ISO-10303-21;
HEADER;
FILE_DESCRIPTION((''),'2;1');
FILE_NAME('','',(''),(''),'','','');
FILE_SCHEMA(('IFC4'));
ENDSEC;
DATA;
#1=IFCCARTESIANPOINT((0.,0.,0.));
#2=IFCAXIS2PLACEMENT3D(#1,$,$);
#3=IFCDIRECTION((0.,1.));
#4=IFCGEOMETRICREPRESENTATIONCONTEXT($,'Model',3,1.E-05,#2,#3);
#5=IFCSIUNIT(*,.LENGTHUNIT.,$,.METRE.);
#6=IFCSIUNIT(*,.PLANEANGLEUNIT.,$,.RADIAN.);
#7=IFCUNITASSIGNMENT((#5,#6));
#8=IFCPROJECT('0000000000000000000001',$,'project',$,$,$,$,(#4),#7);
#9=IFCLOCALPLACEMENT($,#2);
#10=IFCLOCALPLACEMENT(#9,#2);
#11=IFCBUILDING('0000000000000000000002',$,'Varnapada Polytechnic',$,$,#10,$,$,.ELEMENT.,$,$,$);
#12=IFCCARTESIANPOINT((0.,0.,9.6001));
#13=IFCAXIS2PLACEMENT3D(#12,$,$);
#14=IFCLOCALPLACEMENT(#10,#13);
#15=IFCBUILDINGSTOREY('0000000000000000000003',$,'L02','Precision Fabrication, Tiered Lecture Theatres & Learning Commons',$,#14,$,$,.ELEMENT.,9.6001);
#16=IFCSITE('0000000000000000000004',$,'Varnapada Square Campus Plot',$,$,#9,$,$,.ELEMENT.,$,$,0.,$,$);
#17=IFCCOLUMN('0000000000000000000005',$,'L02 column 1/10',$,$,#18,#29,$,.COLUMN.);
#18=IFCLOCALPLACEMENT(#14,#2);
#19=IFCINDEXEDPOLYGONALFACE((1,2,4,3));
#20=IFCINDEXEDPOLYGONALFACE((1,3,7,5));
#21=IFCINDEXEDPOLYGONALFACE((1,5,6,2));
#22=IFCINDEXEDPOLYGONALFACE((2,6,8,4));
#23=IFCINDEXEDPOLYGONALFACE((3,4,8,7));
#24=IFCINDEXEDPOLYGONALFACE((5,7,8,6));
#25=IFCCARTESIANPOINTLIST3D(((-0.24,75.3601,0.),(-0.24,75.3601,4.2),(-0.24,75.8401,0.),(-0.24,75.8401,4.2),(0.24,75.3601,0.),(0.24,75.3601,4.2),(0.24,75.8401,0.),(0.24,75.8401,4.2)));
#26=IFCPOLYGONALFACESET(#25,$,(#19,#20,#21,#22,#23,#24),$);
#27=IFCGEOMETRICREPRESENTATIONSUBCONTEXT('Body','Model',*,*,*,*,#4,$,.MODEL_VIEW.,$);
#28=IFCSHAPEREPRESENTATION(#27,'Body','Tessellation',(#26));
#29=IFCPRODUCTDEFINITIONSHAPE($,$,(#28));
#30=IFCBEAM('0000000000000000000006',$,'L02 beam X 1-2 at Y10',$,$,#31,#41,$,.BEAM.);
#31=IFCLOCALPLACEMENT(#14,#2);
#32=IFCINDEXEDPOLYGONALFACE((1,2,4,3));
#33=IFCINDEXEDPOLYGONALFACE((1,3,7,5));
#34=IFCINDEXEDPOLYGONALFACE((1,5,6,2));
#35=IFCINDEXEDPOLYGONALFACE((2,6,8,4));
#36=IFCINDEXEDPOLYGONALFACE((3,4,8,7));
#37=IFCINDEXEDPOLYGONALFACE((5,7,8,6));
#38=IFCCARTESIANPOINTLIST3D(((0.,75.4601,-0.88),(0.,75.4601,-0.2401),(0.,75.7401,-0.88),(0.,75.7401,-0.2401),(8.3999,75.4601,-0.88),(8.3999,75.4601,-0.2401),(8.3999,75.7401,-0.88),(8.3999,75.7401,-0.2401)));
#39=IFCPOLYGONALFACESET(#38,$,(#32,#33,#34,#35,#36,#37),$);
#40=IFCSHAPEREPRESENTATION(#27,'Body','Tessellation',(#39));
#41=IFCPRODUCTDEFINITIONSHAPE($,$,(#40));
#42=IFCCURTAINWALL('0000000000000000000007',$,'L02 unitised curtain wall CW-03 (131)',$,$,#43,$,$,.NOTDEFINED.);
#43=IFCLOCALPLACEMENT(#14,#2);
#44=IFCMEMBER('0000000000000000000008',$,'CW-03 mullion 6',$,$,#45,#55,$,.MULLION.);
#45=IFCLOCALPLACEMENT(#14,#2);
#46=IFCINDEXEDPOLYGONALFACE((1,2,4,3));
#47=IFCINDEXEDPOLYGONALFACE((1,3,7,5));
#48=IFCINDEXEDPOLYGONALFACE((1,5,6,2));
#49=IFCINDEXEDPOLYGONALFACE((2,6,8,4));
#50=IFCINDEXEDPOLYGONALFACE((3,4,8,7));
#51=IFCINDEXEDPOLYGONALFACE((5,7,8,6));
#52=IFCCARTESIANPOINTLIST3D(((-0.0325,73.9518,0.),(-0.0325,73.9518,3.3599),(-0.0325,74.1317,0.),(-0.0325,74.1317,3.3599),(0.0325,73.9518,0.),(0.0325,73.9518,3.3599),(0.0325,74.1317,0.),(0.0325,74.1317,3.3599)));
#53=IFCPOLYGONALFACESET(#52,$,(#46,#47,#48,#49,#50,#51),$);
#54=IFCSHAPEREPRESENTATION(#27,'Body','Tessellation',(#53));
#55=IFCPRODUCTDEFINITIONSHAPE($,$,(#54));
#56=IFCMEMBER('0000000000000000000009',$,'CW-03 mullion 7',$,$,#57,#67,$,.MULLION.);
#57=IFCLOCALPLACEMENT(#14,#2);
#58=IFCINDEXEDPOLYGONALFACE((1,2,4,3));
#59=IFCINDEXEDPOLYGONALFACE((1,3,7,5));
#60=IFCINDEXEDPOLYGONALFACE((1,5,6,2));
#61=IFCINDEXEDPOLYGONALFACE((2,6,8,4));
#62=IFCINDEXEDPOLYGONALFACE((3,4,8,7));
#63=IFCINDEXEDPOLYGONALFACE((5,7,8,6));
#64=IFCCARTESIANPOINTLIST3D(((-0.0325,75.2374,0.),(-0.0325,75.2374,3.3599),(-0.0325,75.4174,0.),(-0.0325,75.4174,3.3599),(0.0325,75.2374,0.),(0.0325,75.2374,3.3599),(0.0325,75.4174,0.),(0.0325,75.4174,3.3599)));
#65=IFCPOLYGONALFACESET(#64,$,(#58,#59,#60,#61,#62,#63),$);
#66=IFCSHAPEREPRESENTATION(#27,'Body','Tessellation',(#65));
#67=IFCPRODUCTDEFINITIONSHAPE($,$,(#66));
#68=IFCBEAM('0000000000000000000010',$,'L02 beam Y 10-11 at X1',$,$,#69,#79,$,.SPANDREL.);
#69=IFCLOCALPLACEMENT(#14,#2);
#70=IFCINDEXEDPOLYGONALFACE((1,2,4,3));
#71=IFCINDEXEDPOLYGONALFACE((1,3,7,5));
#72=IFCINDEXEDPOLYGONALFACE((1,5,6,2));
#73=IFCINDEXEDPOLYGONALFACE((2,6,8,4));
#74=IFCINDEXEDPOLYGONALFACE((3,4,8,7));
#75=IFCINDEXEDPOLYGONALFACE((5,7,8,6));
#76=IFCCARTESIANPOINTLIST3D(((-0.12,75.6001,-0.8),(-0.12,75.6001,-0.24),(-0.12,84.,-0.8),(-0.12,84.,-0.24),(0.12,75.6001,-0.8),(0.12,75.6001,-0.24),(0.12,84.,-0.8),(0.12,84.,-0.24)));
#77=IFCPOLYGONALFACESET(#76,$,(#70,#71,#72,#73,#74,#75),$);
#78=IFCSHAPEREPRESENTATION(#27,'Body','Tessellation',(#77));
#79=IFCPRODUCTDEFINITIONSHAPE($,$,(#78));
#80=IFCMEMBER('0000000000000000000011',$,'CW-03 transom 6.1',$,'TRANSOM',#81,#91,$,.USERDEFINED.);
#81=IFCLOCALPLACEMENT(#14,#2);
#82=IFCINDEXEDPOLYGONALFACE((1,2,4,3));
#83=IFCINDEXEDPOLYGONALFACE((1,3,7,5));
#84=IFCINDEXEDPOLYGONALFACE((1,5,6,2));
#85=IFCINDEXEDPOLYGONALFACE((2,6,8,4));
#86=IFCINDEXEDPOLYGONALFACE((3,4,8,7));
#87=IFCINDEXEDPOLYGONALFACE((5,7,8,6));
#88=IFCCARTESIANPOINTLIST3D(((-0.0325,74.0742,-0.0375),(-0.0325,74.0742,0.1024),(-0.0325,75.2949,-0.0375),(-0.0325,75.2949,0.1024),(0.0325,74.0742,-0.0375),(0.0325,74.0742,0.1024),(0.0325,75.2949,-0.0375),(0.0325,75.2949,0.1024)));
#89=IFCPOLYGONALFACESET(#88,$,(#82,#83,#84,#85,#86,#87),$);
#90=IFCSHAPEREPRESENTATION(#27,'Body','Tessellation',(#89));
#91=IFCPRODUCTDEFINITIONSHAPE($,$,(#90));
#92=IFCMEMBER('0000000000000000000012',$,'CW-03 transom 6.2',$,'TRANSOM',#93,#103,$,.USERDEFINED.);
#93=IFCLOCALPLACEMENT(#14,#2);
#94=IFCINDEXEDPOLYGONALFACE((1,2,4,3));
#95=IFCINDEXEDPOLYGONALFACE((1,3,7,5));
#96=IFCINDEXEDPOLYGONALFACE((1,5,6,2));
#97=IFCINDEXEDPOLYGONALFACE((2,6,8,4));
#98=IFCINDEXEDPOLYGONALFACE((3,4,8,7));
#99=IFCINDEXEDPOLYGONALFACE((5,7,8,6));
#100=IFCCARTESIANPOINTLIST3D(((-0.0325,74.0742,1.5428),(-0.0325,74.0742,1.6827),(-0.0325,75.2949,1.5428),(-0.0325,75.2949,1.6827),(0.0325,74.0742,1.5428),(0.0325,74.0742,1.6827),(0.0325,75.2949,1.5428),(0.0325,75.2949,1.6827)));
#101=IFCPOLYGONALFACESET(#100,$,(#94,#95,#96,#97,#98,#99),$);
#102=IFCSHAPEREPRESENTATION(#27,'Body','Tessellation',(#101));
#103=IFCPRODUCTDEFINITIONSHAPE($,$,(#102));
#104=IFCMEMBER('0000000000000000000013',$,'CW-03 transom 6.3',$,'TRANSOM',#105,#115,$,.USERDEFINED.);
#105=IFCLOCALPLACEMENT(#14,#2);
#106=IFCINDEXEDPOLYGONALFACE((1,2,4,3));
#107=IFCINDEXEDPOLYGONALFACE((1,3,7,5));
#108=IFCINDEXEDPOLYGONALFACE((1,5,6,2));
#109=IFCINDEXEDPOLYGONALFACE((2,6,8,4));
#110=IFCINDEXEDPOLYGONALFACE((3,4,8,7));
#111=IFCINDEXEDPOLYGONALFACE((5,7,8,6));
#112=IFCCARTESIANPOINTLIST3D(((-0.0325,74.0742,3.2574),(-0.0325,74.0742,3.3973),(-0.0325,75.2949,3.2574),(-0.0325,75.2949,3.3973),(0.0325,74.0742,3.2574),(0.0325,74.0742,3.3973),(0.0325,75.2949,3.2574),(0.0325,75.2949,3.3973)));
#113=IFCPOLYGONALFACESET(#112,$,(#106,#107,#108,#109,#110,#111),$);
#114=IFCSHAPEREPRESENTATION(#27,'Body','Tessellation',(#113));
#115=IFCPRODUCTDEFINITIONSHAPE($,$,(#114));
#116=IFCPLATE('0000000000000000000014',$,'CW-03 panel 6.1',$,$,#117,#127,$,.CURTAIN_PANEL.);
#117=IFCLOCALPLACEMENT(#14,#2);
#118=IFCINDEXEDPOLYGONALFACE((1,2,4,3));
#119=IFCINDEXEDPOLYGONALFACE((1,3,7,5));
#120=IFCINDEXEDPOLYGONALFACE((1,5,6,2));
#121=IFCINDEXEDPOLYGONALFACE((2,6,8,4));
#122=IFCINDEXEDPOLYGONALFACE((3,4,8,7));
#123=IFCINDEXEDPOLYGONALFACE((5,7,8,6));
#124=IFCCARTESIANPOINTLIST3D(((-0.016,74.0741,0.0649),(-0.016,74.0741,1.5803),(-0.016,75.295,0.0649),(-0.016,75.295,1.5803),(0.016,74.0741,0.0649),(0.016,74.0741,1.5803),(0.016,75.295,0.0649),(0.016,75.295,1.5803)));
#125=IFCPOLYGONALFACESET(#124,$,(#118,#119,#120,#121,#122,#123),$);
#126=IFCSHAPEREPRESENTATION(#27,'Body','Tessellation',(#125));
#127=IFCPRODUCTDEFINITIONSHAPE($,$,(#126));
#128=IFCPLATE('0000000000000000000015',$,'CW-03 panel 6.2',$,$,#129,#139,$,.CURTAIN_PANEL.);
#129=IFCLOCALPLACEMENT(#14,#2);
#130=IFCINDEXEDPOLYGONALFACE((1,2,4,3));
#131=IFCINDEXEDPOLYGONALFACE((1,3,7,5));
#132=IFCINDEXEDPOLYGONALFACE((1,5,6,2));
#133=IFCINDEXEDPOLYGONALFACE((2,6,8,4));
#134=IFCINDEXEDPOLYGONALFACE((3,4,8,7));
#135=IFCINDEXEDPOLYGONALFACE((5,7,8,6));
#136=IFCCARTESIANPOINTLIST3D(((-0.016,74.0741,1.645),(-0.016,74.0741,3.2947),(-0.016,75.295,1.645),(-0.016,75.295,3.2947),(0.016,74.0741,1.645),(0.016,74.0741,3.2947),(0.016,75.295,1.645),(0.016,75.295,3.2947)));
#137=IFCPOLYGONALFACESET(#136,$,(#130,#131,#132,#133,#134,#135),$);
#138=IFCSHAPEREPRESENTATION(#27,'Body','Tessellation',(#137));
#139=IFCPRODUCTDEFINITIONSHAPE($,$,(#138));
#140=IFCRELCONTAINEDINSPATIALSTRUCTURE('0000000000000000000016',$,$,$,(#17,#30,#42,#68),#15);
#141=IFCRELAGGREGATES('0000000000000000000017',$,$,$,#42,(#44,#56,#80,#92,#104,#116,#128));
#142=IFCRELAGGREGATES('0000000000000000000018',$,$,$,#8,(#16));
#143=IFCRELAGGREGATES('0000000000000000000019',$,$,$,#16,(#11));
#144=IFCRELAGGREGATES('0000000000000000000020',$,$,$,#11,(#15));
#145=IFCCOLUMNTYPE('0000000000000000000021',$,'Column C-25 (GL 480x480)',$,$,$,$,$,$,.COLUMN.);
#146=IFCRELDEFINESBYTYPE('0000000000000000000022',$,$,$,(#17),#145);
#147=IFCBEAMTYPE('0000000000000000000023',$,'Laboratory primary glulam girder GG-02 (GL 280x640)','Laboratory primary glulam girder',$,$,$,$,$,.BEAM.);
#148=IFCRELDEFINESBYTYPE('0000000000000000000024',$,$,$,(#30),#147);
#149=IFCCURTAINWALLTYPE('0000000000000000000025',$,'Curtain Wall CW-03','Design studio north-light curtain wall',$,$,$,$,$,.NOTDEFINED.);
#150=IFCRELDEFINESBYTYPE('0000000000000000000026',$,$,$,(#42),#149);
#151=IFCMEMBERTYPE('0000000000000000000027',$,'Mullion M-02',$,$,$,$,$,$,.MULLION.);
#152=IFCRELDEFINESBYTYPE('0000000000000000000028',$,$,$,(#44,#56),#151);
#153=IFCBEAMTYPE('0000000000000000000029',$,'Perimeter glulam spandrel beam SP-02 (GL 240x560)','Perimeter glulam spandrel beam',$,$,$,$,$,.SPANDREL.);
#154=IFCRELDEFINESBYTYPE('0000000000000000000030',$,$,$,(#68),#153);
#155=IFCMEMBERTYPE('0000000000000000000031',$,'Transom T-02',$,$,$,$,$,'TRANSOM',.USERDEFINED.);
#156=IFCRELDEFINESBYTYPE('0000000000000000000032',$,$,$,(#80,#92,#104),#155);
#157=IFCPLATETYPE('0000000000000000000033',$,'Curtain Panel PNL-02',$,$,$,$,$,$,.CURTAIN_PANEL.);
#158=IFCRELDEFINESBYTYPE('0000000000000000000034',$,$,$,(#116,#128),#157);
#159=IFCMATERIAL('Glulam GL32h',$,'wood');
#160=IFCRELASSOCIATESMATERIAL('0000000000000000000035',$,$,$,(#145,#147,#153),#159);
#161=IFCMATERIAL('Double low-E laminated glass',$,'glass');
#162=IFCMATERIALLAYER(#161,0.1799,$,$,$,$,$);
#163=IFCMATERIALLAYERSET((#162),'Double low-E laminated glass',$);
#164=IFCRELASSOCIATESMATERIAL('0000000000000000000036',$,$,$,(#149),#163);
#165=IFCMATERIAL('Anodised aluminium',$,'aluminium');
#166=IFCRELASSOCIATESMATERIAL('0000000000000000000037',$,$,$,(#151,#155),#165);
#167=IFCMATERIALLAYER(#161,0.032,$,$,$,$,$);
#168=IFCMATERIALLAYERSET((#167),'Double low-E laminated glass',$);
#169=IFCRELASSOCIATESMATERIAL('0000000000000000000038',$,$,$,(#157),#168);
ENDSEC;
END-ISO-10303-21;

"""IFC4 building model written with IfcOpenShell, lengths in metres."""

from ifc_helpers import new_model, si_unit, direction, frame, origin, origin_2d, place, context, subcontext, project, spatial, rectangle, extrude, material, layer, layer_set, material_profile, profile_set, type_object, element, aggregate, save


model = new_model("IFC4")

# Units and contexts
model_context = context("Model", 3, precision=1e-05, world=origin(), true_north=direction((0.0, 1.0)))
body_context = subcontext(model_context, "Body", "Model", "MODEL_VIEW")
ifc_project = project(units=[si_unit("LENGTHUNIT", "METRE"), si_unit("PLANEANGLEUNIT", "RADIAN")], contexts=[model_context])

# Site, building, storey
site_placement = place(None, origin())
site = spatial("IfcSite", under=ifc_project, at=site_placement, Name="Varnapada Square Campus Plot", CompositionType="ELEMENT", RefElevation=0.0)
building_placement = place(site_placement, origin())
building = spatial("IfcBuilding", under=site, at=building_placement, Name="Varnapada Polytechnic", CompositionType="ELEMENT")
storey_placement = place(building_placement, frame((0.0, 0.0, 9.6001)))
storey = spatial("IfcBuildingStorey", under=building, at=storey_placement, Name="L02", Description="Precision Fabrication, Tiered Lecture Theatres & Learning Commons", CompositionType="ELEMENT", Elevation=9.6001)

# Column
ifc_material_1 = material(Name="Glulam GL32h", Category="wood")
ifc_material_profile_1 = material_profile(ifc_material_1, rectangle(XDim=0.48, YDim=0.48, at=origin_2d()), Name="GL 480x480")
ifc_profile_set_1 = profile_set([ifc_material_profile_1], Name="Glulam GL32h")
column_type = type_object("IfcColumnType", Name="Column C-25 (GL 480x480)", PredefinedType="COLUMN", material=ifc_profile_set_1)
column_placement = place(storey_placement, frame((0.0, 75.6001, 0.0), z_axis=(0.0, 0.0, 1.0), x_axis=(1.0, 0.0, 0.0)))
element("IfcColumn", 1, at=column_placement, inside=storey, type_object=column_type, Name="L02 column 1/10", PredefinedType="COLUMN", context=body_context, shape_type="SweptSolid", body=[
    extrude(rectangle(XDim=0.48, YDim=0.48, at=origin_2d()), origin(), (0.0, 0.0, 1.0), 4.2),
])

# Beam
ifc_material_profile_2 = material_profile(ifc_material_1, rectangle(XDim=0.28, YDim=0.6399, at=origin_2d()), Name="GL 280x640")
ifc_profile_set_2 = profile_set([ifc_material_profile_2], Name="Glulam GL32h")
beam_type_1 = type_object("IfcBeamType", Name="Laboratory primary glulam girder GG-02 (GL 280x640)", Description="Laboratory primary glulam girder", PredefinedType="BEAM", material=ifc_profile_set_2)
beam_1_placement = place(storey_placement, frame((0.0, 75.6001, -0.5601), z_axis=(1.0, 0.0, 0.0), x_axis=(0.0, 1.0, 0.0)))
element("IfcBeam", 2, at=beam_1_placement, inside=storey, type_object=beam_type_1, Name="L02 beam X 1-2 at Y10", PredefinedType="BEAM", context=body_context, shape_type="SweptSolid", body=[
    extrude(rectangle(XDim=0.28, YDim=0.6399, at=origin_2d()), origin(), (0.0, 0.0, 1.0), 8.3999),
])

# Curtain wall, members
ifc_material_2 = material(Name="Double low-E laminated glass", Category="glass")
ifc_layer_1 = layer(ifc_material_2, 0.1799)
ifc_layer_set_1 = layer_set([ifc_layer_1], Name="Double low-E laminated glass")
curtain_wall_type = type_object("IfcCurtainWallType", Name="Curtain Wall CW-03", Description="Design studio north-light curtain wall", PredefinedType="NOTDEFINED", material=ifc_layer_set_1)
curtain_wall_placement = place(storey_placement, origin())
curtain_wall = element("IfcCurtainWall", 3, at=curtain_wall_placement, inside=storey, type_object=curtain_wall_type, Name="L02 unitised curtain wall CW-03 (131)", PredefinedType="NOTDEFINED")
ifc_material_3 = material(Name="Anodised aluminium", Category="aluminium")
ifc_material_profile_3 = material_profile(ifc_material_3, rectangle(XDim=0.0649, YDim=0.1799, at=origin_2d()), Name="ALU M65x180")
ifc_profile_set_3 = profile_set([ifc_material_profile_3], Name="Anodised aluminium")
member_type_1 = type_object("IfcMemberType", Name="Mullion M-02", PredefinedType="MULLION", material=ifc_profile_set_3)
member_1_placement = place(storey_placement, frame((0.0, 74.0417, 0.0), z_axis=(0.0, 0.0, 1.0), x_axis=(-1.0, 0.0, 0.0)))
member_1 = element("IfcMember", 4, at=member_1_placement, type_object=member_type_1, Name="CW-03 mullion 6", PredefinedType="MULLION", context=body_context, shape_type="SweptSolid", body=[
    extrude(rectangle(XDim=0.0649, YDim=0.1799, at=origin_2d()), origin(), (0.0, 0.0, 1.0), 3.3599),
])
member_2_placement = place(storey_placement, frame((0.0, 75.3274, 0.0), z_axis=(0.0, 0.0, 1.0), x_axis=(-1.0, 0.0, 0.0)))
member_2 = element("IfcMember", 5, at=member_2_placement, type_object=member_type_1, Name="CW-03 mullion 7", PredefinedType="MULLION", context=body_context, shape_type="SweptSolid", body=[
    extrude(rectangle(XDim=0.0649, YDim=0.1799, at=origin_2d()), origin(), (0.0, 0.0, 1.0), 3.3599),
])

# Beam
ifc_material_profile_4 = material_profile(ifc_material_1, rectangle(XDim=0.24, YDim=0.5601, at=origin_2d()), Name="GL 240x560")
ifc_profile_set_4 = profile_set([ifc_material_profile_4], Name="Glulam GL32h")
beam_type_2 = type_object("IfcBeamType", Name="Perimeter glulam spandrel beam SP-02 (GL 240x560)", Description="Perimeter glulam spandrel beam", PredefinedType="SPANDREL", material=ifc_profile_set_4)
beam_2_placement = place(storey_placement, frame((0.0, 75.6001, -0.52), z_axis=(0.0, 1.0, 0.0), x_axis=(-1.0, 0.0, 0.0)))
element("IfcBeam", 6, at=beam_2_placement, inside=storey, type_object=beam_type_2, Name="L02 beam Y 10-11 at X1", PredefinedType="SPANDREL", context=body_context, shape_type="SweptSolid", body=[
    extrude(rectangle(XDim=0.24, YDim=0.5601, at=origin_2d()), origin(), (0.0, 0.0, 1.0), 8.3999),
])

# Members
ifc_material_profile_5 = material_profile(ifc_material_3, rectangle(XDim=0.0649, YDim=0.1399, at=origin_2d()), Name="ALU T65x140")
ifc_profile_set_5 = profile_set([ifc_material_profile_5], Name="Anodised aluminium")
member_type_2 = type_object("IfcMemberType", Name="Transom T-02", ElementType="TRANSOM", PredefinedType="USERDEFINED", material=ifc_profile_set_5)
member_3_placement = place(storey_placement, frame((0.0, 74.0742, 0.0325), z_axis=(0.0, 1.0, 0.0), x_axis=(-1.0, 0.0, 0.0)))
member_3 = element("IfcMember", 7, at=member_3_placement, type_object=member_type_2, Name="CW-03 transom 6.1", ObjectType="TRANSOM", PredefinedType="USERDEFINED", context=body_context, shape_type="SweptSolid", body=[
    extrude(rectangle(XDim=0.0649, YDim=0.1399, at=origin_2d()), origin(), (0.0, 0.0, 1.0), 1.2207),
])
member_4_placement = place(storey_placement, frame((0.0, 74.0742, 1.6128), z_axis=(0.0, 1.0, 0.0), x_axis=(-1.0, 0.0, 0.0)))
member_4 = element("IfcMember", 8, at=member_4_placement, type_object=member_type_2, Name="CW-03 transom 6.2", ObjectType="TRANSOM", PredefinedType="USERDEFINED", context=body_context, shape_type="SweptSolid", body=[
    extrude(rectangle(XDim=0.0649, YDim=0.1399, at=origin_2d()), origin(), (0.0, 0.0, 1.0), 1.2207),
])
member_5_placement = place(storey_placement, frame((0.0, 74.0742, 3.3274), z_axis=(0.0, 1.0, 0.0), x_axis=(-1.0, 0.0, 0.0)))
member_5 = element("IfcMember", 9, at=member_5_placement, type_object=member_type_2, Name="CW-03 transom 6.3", ObjectType="TRANSOM", PredefinedType="USERDEFINED", context=body_context, shape_type="SweptSolid", body=[
    extrude(rectangle(XDim=0.0649, YDim=0.1399, at=origin_2d()), origin(), (0.0, 0.0, 1.0), 1.2207),
])

# Plates
ifc_layer_2 = layer(ifc_material_2, 0.032)
ifc_layer_set_2 = layer_set([ifc_layer_2], Name="Double low-E laminated glass")
plate_type = type_object("IfcPlateType", Name="Curtain Panel PNL-02", PredefinedType="CURTAIN_PANEL", material=ifc_layer_set_2)
plate_1_placement = place(storey_placement, frame((0.0, 74.6846, 0.0649), z_axis=(0.0, 0.0, 1.0), x_axis=(0.0, 1.0, 0.0)))
plate_1 = element("IfcPlate", 10, at=plate_1_placement, type_object=plate_type, Name="CW-03 panel 6.1", PredefinedType="CURTAIN_PANEL", context=body_context, shape_type="SweptSolid", body=[
    extrude(rectangle(XDim=1.2209, YDim=0.032, at=origin_2d()), origin(), (0.0, 0.0, 1.0), 1.5154),
])
plate_2_placement = place(storey_placement, frame((0.0, 74.6846, 1.645), z_axis=(0.0, 0.0, 1.0), x_axis=(0.0, 1.0, 0.0)))
plate_2 = element("IfcPlate", 11, at=plate_2_placement, type_object=plate_type, Name="CW-03 panel 6.2", PredefinedType="CURTAIN_PANEL", context=body_context, shape_type="SweptSolid", body=[
    extrude(rectangle(XDim=1.2209, YDim=0.032, at=origin_2d()), origin(), (0.0, 0.0, 1.0), 1.6497),
])
aggregate(curtain_wall, [member_1, member_2, member_3, member_4, member_5, plate_1, plate_2])

save(model, "model.ifc")
